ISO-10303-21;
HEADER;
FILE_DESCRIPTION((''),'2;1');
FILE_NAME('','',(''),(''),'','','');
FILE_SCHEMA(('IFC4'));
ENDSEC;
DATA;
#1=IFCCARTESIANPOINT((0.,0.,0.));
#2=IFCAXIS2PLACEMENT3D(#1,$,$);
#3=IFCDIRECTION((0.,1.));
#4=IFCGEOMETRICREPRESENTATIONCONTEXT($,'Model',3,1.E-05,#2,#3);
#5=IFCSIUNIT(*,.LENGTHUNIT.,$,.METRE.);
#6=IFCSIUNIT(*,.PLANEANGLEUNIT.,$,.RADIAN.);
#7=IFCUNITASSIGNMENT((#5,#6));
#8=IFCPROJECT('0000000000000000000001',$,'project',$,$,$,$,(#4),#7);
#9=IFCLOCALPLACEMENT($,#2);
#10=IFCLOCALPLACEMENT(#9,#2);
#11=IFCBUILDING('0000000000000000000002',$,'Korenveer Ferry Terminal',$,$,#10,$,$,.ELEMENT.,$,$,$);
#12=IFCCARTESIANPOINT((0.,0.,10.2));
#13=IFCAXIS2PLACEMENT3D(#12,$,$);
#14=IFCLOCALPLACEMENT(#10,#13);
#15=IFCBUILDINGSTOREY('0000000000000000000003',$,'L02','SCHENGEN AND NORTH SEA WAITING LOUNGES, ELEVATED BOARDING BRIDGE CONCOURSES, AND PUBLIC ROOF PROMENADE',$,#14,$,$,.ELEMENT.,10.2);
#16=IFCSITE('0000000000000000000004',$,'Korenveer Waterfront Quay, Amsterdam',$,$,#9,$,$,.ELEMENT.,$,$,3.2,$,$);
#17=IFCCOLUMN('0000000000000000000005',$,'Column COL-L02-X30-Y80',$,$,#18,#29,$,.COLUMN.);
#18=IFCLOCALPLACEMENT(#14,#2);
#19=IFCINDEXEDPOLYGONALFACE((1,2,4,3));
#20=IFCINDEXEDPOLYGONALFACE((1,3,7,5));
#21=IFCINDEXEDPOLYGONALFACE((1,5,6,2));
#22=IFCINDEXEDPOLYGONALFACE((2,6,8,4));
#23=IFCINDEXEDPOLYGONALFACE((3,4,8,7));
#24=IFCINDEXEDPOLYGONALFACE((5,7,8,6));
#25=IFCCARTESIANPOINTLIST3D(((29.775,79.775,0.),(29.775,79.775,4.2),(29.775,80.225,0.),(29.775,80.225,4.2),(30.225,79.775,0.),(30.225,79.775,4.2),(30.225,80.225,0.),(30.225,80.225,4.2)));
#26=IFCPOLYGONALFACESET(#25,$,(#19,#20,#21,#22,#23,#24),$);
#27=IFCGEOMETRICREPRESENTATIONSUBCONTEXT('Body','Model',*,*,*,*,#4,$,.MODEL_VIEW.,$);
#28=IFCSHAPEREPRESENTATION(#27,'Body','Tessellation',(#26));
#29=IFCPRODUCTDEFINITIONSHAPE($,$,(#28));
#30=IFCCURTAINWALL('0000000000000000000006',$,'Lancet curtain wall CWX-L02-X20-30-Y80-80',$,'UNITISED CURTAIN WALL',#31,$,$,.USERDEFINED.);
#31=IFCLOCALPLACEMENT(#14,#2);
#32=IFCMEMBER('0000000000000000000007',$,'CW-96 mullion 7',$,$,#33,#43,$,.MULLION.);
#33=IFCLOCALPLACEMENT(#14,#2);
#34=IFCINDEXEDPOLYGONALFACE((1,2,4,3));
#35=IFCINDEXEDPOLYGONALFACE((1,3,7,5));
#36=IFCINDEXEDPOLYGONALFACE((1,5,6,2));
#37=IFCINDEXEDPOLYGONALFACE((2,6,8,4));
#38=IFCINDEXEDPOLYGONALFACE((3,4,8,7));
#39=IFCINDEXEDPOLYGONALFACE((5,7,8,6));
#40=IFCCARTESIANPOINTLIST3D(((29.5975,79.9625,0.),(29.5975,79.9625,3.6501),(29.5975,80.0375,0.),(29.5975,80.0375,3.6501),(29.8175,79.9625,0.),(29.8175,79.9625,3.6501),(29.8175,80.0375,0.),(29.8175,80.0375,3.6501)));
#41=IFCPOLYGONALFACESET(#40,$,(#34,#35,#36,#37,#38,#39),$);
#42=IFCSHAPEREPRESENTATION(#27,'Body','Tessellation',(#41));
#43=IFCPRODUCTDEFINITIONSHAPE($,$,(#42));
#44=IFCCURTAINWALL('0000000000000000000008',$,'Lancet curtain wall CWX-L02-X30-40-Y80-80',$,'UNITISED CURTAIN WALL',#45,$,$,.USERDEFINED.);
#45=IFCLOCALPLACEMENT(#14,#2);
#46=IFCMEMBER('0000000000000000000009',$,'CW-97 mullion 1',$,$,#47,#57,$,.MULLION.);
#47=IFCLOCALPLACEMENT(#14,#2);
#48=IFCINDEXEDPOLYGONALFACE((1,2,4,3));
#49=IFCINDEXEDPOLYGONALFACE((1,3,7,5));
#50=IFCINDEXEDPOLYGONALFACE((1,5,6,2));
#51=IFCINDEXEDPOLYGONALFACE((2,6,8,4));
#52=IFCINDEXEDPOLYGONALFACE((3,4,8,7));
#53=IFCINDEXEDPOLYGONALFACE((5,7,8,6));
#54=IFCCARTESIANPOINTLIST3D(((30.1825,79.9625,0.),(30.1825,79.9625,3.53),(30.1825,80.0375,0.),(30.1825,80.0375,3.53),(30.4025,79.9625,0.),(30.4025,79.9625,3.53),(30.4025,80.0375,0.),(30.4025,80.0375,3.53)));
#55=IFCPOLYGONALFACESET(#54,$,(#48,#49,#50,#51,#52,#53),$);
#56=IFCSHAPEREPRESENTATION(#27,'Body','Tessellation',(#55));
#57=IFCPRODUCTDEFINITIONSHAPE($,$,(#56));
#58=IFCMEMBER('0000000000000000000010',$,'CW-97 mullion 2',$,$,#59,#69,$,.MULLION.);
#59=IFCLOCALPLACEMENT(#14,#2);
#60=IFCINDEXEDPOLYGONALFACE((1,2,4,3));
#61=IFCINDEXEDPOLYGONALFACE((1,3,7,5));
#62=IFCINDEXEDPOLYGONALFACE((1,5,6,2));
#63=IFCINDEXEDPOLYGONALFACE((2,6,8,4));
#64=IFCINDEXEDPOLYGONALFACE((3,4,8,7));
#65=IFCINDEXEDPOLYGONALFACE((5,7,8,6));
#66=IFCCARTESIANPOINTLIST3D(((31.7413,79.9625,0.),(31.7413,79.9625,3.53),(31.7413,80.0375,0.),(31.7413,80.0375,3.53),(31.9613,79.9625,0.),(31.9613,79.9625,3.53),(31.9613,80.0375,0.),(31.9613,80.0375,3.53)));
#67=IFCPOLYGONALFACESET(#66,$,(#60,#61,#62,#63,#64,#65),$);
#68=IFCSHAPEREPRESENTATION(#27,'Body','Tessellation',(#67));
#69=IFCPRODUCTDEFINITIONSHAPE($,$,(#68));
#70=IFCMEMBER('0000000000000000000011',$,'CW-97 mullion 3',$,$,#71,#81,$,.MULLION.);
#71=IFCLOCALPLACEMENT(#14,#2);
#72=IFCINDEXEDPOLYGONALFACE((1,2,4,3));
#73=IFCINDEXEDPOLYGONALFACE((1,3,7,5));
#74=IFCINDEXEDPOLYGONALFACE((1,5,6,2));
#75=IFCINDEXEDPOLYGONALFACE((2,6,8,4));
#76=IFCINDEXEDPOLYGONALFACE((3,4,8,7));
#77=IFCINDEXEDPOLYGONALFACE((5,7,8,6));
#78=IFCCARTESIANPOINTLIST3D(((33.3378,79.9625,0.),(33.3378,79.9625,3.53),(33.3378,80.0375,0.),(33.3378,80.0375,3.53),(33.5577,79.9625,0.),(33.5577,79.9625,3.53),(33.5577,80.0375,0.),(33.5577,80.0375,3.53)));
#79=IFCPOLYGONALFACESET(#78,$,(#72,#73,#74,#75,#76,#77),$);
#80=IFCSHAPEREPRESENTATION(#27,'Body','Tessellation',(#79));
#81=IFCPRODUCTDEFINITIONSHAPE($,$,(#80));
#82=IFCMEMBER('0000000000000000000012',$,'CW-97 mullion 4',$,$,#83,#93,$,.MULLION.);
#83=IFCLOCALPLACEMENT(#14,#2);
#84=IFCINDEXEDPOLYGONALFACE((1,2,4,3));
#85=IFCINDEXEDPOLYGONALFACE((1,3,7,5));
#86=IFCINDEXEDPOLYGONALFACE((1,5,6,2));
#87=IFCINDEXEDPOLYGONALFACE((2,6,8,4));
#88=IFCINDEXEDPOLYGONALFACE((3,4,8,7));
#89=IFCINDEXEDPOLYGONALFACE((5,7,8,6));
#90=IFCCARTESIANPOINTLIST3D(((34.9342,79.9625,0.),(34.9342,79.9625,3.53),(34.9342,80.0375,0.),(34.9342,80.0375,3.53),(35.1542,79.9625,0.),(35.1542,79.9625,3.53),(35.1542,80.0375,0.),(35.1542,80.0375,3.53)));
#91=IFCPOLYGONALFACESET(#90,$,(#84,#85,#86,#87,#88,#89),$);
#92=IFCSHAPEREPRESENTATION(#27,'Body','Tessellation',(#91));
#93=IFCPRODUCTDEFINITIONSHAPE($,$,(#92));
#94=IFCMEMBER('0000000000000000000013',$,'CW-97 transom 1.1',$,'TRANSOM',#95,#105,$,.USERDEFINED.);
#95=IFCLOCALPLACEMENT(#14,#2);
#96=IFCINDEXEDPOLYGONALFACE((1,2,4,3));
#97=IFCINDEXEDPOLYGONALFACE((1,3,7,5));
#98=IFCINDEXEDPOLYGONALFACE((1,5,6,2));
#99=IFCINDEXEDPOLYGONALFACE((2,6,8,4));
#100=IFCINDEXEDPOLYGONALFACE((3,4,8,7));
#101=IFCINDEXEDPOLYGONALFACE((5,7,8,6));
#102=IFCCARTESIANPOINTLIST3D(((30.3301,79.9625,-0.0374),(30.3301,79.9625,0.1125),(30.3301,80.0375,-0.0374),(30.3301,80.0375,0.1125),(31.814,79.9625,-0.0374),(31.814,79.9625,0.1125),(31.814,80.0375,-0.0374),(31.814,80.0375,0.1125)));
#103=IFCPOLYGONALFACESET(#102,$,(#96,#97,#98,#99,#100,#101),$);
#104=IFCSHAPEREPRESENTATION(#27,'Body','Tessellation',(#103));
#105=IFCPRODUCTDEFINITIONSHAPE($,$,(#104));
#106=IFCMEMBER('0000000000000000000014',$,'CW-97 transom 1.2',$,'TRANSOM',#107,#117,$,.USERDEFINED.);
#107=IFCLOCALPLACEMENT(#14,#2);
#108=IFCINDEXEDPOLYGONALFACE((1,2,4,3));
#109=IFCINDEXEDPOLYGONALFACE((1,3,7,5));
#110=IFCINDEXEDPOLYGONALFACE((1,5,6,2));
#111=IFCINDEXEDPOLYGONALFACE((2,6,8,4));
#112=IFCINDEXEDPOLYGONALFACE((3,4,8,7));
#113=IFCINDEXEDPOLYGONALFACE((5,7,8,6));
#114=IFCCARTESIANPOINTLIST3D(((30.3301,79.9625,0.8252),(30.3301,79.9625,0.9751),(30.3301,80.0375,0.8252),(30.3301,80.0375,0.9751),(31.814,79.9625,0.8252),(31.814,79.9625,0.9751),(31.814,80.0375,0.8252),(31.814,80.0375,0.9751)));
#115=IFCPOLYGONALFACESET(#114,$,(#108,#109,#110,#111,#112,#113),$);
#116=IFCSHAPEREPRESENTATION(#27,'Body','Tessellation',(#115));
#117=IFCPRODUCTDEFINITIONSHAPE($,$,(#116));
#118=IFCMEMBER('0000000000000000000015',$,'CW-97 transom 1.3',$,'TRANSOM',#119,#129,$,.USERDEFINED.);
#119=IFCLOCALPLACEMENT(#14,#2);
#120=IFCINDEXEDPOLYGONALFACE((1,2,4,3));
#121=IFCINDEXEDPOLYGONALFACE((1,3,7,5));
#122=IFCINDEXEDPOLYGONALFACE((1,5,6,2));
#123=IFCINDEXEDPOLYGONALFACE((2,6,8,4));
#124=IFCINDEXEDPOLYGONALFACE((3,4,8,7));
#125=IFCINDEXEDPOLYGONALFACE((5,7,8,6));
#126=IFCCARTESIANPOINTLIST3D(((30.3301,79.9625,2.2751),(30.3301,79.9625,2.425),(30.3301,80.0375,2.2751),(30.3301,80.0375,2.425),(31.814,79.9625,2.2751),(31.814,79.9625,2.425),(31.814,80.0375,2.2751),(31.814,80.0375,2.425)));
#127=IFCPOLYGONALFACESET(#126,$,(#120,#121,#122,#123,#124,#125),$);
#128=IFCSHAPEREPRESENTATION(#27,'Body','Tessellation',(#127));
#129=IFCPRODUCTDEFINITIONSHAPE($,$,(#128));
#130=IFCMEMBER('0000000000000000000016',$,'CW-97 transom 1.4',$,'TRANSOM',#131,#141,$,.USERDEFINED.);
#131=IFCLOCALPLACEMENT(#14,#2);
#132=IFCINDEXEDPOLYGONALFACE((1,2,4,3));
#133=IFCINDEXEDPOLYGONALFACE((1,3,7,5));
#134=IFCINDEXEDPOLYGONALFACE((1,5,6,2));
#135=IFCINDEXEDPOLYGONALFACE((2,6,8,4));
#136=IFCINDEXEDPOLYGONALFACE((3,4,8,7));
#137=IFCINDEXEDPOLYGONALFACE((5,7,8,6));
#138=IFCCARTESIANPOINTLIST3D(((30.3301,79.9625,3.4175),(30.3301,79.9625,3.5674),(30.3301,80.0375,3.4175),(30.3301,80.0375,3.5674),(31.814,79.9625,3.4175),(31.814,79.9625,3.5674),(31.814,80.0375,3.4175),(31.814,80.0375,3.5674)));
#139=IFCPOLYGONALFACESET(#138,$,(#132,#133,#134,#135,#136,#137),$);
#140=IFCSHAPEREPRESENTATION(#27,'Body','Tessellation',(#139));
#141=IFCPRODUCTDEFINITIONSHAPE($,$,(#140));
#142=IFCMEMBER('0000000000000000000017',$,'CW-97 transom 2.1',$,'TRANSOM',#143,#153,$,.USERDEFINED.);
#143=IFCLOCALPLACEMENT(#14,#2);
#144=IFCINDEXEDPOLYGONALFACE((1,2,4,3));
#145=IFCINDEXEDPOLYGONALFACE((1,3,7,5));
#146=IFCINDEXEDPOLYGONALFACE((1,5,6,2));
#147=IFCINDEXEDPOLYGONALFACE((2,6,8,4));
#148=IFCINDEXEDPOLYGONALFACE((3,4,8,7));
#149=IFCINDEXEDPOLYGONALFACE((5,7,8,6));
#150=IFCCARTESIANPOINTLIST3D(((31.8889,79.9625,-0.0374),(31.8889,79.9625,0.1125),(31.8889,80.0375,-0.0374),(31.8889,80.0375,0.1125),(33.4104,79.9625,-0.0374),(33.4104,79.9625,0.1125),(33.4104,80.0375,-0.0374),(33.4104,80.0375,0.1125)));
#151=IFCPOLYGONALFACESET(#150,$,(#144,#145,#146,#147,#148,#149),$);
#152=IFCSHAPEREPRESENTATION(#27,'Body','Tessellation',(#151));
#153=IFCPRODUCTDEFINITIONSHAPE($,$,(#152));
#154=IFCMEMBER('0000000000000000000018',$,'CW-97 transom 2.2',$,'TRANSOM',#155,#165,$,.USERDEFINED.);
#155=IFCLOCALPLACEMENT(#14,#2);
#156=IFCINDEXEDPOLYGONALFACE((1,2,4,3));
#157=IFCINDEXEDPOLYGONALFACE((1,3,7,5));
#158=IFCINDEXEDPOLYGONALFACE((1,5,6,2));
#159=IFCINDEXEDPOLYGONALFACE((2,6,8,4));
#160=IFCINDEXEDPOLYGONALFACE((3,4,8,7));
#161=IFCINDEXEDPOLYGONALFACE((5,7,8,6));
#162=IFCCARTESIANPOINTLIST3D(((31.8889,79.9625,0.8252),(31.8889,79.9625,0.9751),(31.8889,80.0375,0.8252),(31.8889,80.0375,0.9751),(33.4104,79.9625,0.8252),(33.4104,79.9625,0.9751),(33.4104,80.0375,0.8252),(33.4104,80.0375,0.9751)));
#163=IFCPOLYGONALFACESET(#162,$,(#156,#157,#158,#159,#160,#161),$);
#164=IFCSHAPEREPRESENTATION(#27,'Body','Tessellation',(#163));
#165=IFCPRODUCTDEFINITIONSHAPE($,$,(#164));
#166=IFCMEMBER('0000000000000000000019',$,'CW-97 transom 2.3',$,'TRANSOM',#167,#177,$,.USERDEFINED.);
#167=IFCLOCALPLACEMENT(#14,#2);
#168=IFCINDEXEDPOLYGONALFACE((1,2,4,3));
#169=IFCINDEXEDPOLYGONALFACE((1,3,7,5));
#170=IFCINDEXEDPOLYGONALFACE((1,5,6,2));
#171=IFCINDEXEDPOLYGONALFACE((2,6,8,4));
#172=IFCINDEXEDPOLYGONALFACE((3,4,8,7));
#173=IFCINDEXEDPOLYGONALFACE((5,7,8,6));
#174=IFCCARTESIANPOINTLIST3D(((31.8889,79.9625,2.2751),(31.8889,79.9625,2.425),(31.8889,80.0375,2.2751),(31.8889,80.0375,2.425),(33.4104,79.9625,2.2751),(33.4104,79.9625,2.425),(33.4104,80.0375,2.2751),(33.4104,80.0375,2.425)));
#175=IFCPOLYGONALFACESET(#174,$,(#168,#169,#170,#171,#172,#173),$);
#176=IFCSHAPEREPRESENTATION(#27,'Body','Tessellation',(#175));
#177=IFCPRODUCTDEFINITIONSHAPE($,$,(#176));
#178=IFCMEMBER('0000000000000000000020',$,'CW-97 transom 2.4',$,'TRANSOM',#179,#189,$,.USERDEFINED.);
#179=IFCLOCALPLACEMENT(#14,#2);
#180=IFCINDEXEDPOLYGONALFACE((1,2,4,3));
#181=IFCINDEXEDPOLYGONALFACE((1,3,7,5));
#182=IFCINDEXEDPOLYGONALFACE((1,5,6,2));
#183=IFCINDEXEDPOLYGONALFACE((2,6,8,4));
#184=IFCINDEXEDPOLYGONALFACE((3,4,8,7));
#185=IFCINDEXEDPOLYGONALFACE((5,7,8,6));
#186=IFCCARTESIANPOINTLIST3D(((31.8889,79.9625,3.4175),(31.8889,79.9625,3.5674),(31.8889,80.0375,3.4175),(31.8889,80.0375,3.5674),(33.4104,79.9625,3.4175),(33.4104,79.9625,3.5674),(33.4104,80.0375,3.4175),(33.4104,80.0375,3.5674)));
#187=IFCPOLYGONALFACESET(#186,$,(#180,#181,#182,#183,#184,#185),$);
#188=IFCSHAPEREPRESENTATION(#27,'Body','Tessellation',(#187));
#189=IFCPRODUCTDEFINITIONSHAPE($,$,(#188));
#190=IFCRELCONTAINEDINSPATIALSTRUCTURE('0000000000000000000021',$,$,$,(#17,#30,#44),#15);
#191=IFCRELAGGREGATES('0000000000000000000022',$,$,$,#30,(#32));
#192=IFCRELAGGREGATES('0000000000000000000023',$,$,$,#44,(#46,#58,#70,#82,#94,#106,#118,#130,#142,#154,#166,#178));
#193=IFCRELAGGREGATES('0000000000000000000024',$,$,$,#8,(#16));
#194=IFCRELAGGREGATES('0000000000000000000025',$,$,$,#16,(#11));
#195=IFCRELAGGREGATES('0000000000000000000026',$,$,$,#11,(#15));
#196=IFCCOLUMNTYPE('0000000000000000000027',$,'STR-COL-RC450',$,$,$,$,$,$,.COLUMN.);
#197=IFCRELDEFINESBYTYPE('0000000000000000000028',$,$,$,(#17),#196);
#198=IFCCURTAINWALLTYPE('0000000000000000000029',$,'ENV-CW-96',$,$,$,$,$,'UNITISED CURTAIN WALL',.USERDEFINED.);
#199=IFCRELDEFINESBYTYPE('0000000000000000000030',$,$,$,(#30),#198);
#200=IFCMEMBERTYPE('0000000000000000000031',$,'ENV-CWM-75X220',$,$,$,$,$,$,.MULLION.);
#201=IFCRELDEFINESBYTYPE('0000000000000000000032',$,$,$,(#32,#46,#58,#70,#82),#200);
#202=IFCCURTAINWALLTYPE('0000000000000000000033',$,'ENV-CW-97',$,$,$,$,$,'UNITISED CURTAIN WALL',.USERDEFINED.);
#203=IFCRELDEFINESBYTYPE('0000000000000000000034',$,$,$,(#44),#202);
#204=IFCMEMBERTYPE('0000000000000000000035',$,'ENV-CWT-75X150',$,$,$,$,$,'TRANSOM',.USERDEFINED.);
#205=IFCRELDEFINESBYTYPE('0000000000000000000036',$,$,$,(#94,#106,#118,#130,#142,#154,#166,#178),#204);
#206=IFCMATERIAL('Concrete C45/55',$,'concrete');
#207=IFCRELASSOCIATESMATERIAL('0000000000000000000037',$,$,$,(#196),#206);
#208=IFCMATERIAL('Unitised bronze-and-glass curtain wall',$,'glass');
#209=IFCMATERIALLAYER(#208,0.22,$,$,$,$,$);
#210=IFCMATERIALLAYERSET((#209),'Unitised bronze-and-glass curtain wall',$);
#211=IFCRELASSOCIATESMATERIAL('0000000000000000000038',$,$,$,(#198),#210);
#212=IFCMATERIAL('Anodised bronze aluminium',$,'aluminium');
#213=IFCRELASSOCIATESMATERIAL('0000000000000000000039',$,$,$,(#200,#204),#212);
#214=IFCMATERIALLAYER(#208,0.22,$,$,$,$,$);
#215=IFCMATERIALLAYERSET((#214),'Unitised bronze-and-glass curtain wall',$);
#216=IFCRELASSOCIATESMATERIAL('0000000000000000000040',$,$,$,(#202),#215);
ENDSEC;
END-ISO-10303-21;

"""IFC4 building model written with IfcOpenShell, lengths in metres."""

from ifc_helpers import new_model, si_unit, direction, frame, origin, origin_2d, place, context, subcontext, project, spatial, rectangle, extrude, material, layer, layer_set, material_profile, profile_set, type_object, element, aggregate, save


model = new_model("IFC4")

# Units and contexts
model_context = context("Model", 3, precision=1e-05, world=origin(), true_north=direction((0.0, 1.0)))
body_context = subcontext(model_context, "Body", "Model", "MODEL_VIEW")
ifc_project = project(units=[si_unit("LENGTHUNIT", "METRE"), si_unit("PLANEANGLEUNIT", "RADIAN")], contexts=[model_context])

# Site, building, storey
site_placement = place(None, origin())
site = spatial("IfcSite", under=ifc_project, at=site_placement, Name="Korenveer Waterfront Quay, Amsterdam", CompositionType="ELEMENT", RefElevation=3.2)
building_placement = place(site_placement, origin())
building = spatial("IfcBuilding", under=site, at=building_placement, Name="Korenveer Ferry Terminal", CompositionType="ELEMENT")
storey_placement = place(building_placement, frame((0.0, 0.0, 10.2)))
storey = spatial("IfcBuildingStorey", under=building, at=storey_placement, Name="L02", Description="SCHENGEN AND NORTH SEA WAITING LOUNGES, ELEVATED BOARDING BRIDGE CONCOURSES, AND PUBLIC ROOF PROMENADE", CompositionType="ELEMENT", Elevation=10.2)

# Column
ifc_material_1 = material(Name="Concrete C45/55", Category="concrete")
ifc_material_profile_1 = material_profile(ifc_material_1, rectangle(XDim=0.45, YDim=0.45, at=origin_2d()), Name="RC 450x450")
ifc_profile_set_1 = profile_set([ifc_material_profile_1], Name="Concrete C45/55")
column_type = type_object("IfcColumnType", Name="STR-COL-RC450", PredefinedType="COLUMN", material=ifc_profile_set_1)
column_placement = place(storey_placement, frame((30.0, 80.0, 0.0), z_axis=(0.0, 0.0, 1.0), x_axis=(1.0, 0.0, 0.0)))
element("IfcColumn", 1, at=column_placement, inside=storey, type_object=column_type, Name="Column COL-L02-X30-Y80", PredefinedType="COLUMN", context=body_context, shape_type="SweptSolid", body=[
    extrude(rectangle(XDim=0.45, YDim=0.45, at=origin_2d()), origin(), (0.0, 0.0, 1.0), 4.2),
])

# Curtain wall, member
ifc_material_2 = material(Name="Unitised bronze-and-glass curtain wall", Category="glass")
ifc_layer_1 = layer(ifc_material_2, 0.22)
ifc_layer_set_1 = layer_set([ifc_layer_1], Name="Unitised bronze-and-glass curtain wall")
curtain_wall_type_1 = type_object("IfcCurtainWallType", Name="ENV-CW-96", ElementType="UNITISED CURTAIN WALL", PredefinedType="USERDEFINED", material=ifc_layer_set_1)
curtain_wall_1_placement = place(storey_placement, frame((20.2549, 80.0, 0.0)))
curtain_wall_1 = element("IfcCurtainWall", 2, at=curtain_wall_1_placement, inside=storey, type_object=curtain_wall_type_1, Name="Lancet curtain wall CWX-L02-X20-30-Y80-80", ObjectType="UNITISED CURTAIN WALL", PredefinedType="USERDEFINED")
ifc_material_3 = material(Name="Anodised bronze aluminium", Category="aluminium")
ifc_material_profile_2 = material_profile(ifc_material_3, rectangle(XDim=0.075, YDim=0.22, at=origin_2d()), Name="ALU 75x220")
ifc_profile_set_2 = profile_set([ifc_material_profile_2], Name="Anodised bronze aluminium")
member_type_1 = type_object("IfcMemberType", Name="ENV-CWM-75X220", PredefinedType="MULLION", material=ifc_profile_set_2)
member_1_placement = place(storey_placement, frame((29.7075, 80.0, 0.0), z_axis=(0.0, 0.0, 1.0), x_axis=(0.0, 1.0, 0.0)))
member_1 = element("IfcMember", 3, at=member_1_placement, type_object=member_type_1, Name="CW-96 mullion 7", PredefinedType="MULLION", context=body_context, shape_type="SweptSolid", body=[
    extrude(rectangle(XDim=0.075, YDim=0.22, at=origin_2d()), origin(), (0.0, 0.0, 1.0), 3.6501),
])

# Curtain wall, members
ifc_layer_2 = layer(ifc_material_2, 0.22)
ifc_layer_set_2 = layer_set([ifc_layer_2], Name="Unitised bronze-and-glass curtain wall")
curtain_wall_type_2 = type_object("IfcCurtainWallType", Name="ENV-CW-97", ElementType="UNITISED CURTAIN WALL", PredefinedType="USERDEFINED", material=ifc_layer_set_2)
curtain_wall_2_placement = place(storey_placement, frame((30.2549, 80.0, 0.0)))
curtain_wall_2 = element("IfcCurtainWall", 4, at=curtain_wall_2_placement, inside=storey, type_object=curtain_wall_type_2, Name="Lancet curtain wall CWX-L02-X30-40-Y80-80", ObjectType="UNITISED CURTAIN WALL", PredefinedType="USERDEFINED")
member_2_placement = place(storey_placement, frame((30.2925, 80.0, 0.0), z_axis=(0.0, 0.0, 1.0), x_axis=(0.0, 1.0, 0.0)))
member_2 = element("IfcMember", 5, at=member_2_placement, type_object=member_type_1, Name="CW-97 mullion 1", PredefinedType="MULLION", context=body_context, shape_type="SweptSolid", body=[
    extrude(rectangle(XDim=0.075, YDim=0.22, at=origin_2d()), origin(), (0.0, 0.0, 1.0), 3.53),
])
member_3_placement = place(storey_placement, frame((31.8513, 80.0, 0.0), z_axis=(0.0, 0.0, 1.0), x_axis=(0.0, 1.0, 0.0)))
member_3 = element("IfcMember", 6, at=member_3_placement, type_object=member_type_1, Name="CW-97 mullion 2", PredefinedType="MULLION", context=body_context, shape_type="SweptSolid", body=[
    extrude(rectangle(XDim=0.075, YDim=0.22, at=origin_2d()), origin(), (0.0, 0.0, 1.0), 3.53),
])
member_4_placement = place(storey_placement, frame((33.4478, 80.0, 0.0), z_axis=(0.0, 0.0, 1.0), x_axis=(0.0, 1.0, 0.0)))
member_4 = element("IfcMember", 7, at=member_4_placement, type_object=member_type_1, Name="CW-97 mullion 3", PredefinedType="MULLION", context=body_context, shape_type="SweptSolid", body=[
    extrude(rectangle(XDim=0.075, YDim=0.22, at=origin_2d()), origin(), (0.0, 0.0, 1.0), 3.53),
])
member_5_placement = place(storey_placement, frame((35.0442, 80.0, 0.0), z_axis=(0.0, 0.0, 1.0), x_axis=(0.0, 1.0, 0.0)))
member_5 = element("IfcMember", 8, at=member_5_placement, type_object=member_type_1, Name="CW-97 mullion 4", PredefinedType="MULLION", context=body_context, shape_type="SweptSolid", body=[
    extrude(rectangle(XDim=0.075, YDim=0.22, at=origin_2d()), origin(), (0.0, 0.0, 1.0), 3.53),
])
ifc_material_profile_3 = material_profile(ifc_material_3, rectangle(XDim=0.075, YDim=0.1499, at=origin_2d()), Name="ALU 75x150")
ifc_profile_set_3 = profile_set([ifc_material_profile_3], Name="Anodised bronze aluminium")
member_type_2 = type_object("IfcMemberType", Name="ENV-CWT-75X150", ElementType="TRANSOM", PredefinedType="USERDEFINED", material=ifc_profile_set_3)
member_6_placement = place(storey_placement, frame((30.3301, 80.0, 0.0376), z_axis=(1.0, 0.0, 0.0), x_axis=(0.0, 1.0, 0.0)))
member_6 = element("IfcMember", 9, at=member_6_placement, type_object=member_type_2, Name="CW-97 transom 1.1", ObjectType="TRANSOM", PredefinedType="USERDEFINED", context=body_context, shape_type="SweptSolid", body=[
    extrude(rectangle(XDim=0.075, YDim=0.1499, at=origin_2d()), origin(), (0.0, 0.0, 1.0), 1.4839),
])
member_7_placement = place(storey_placement, frame((30.3301, 80.0, 0.9001), z_axis=(1.0, 0.0, 0.0), x_axis=(0.0, 1.0, 0.0)))
member_7 = element("IfcMember", 10, at=member_7_placement, type_object=member_type_2, Name="CW-97 transom 1.2", ObjectType="TRANSOM", PredefinedType="USERDEFINED", context=body_context, shape_type="SweptSolid", body=[
    extrude(rectangle(XDim=0.075, YDim=0.1499, at=origin_2d()), origin(), (0.0, 0.0, 1.0), 1.4839),
])
member_8_placement = place(storey_placement, frame((30.3301, 80.0, 2.3501), z_axis=(1.0, 0.0, 0.0), x_axis=(0.0, 1.0, 0.0)))
member_8 = element("IfcMember", 11, at=member_8_placement, type_object=member_type_2, Name="CW-97 transom 1.3", ObjectType="TRANSOM", PredefinedType="USERDEFINED", context=body_context, shape_type="SweptSolid", body=[
    extrude(rectangle(XDim=0.075, YDim=0.1499, at=origin_2d()), origin(), (0.0, 0.0, 1.0), 1.4839),
])
member_9_placement = place(storey_placement, frame((30.3301, 80.0, 3.4924), z_axis=(1.0, 0.0, 0.0), x_axis=(0.0, 1.0, 0.0)))
member_9 = element("IfcMember", 12, at=member_9_placement, type_object=member_type_2, Name="CW-97 transom 1.4", ObjectType="TRANSOM", PredefinedType="USERDEFINED", context=body_context, shape_type="SweptSolid", body=[
    extrude(rectangle(XDim=0.075, YDim=0.1499, at=origin_2d()), origin(), (0.0, 0.0, 1.0), 1.4839),
])
member_10_placement = place(storey_placement, frame((31.8889, 80.0, 0.0376), z_axis=(1.0, 0.0, 0.0), x_axis=(0.0, 1.0, 0.0)))
member_10 = element("IfcMember", 13, at=member_10_placement, type_object=member_type_2, Name="CW-97 transom 2.1", ObjectType="TRANSOM", PredefinedType="USERDEFINED", context=body_context, shape_type="SweptSolid", body=[
    extrude(rectangle(XDim=0.075, YDim=0.1499, at=origin_2d()), origin(), (0.0, 0.0, 1.0), 1.5215),
])
member_11_placement = place(storey_placement, frame((31.8889, 80.0, 0.9001), z_axis=(1.0, 0.0, 0.0), x_axis=(0.0, 1.0, 0.0)))
member_11 = element("IfcMember", 14, at=member_11_placement, type_object=member_type_2, Name="CW-97 transom 2.2", ObjectType="TRANSOM", PredefinedType="USERDEFINED", context=body_context, shape_type="SweptSolid", body=[
    extrude(rectangle(XDim=0.075, YDim=0.1499, at=origin_2d()), origin(), (0.0, 0.0, 1.0), 1.5215),
])
member_12_placement = place(storey_placement, frame((31.8889, 80.0, 2.3501), z_axis=(1.0, 0.0, 0.0), x_axis=(0.0, 1.0, 0.0)))
member_12 = element("IfcMember", 15, at=member_12_placement, type_object=member_type_2, Name="CW-97 transom 2.3", ObjectType="TRANSOM", PredefinedType="USERDEFINED", context=body_context, shape_type="SweptSolid", body=[
    extrude(rectangle(XDim=0.075, YDim=0.1499, at=origin_2d()), origin(), (0.0, 0.0, 1.0), 1.5215),
])
member_13_placement = place(storey_placement, frame((31.8889, 80.0, 3.4924), z_axis=(1.0, 0.0, 0.0), x_axis=(0.0, 1.0, 0.0)))
member_13 = element("IfcMember", 16, at=member_13_placement, type_object=member_type_2, Name="CW-97 transom 2.4", ObjectType="TRANSOM", PredefinedType="USERDEFINED", context=body_context, shape_type="SweptSolid", body=[
    extrude(rectangle(XDim=0.075, YDim=0.1499, at=origin_2d()), origin(), (0.0, 0.0, 1.0), 1.5215),
])

aggregate(curtain_wall_1, [member_1])
aggregate(curtain_wall_2, [member_2, member_3, member_4, member_5, member_6, member_7, member_8, member_9, member_10, member_11, member_12, member_13])

save(model, "model.ifc")
